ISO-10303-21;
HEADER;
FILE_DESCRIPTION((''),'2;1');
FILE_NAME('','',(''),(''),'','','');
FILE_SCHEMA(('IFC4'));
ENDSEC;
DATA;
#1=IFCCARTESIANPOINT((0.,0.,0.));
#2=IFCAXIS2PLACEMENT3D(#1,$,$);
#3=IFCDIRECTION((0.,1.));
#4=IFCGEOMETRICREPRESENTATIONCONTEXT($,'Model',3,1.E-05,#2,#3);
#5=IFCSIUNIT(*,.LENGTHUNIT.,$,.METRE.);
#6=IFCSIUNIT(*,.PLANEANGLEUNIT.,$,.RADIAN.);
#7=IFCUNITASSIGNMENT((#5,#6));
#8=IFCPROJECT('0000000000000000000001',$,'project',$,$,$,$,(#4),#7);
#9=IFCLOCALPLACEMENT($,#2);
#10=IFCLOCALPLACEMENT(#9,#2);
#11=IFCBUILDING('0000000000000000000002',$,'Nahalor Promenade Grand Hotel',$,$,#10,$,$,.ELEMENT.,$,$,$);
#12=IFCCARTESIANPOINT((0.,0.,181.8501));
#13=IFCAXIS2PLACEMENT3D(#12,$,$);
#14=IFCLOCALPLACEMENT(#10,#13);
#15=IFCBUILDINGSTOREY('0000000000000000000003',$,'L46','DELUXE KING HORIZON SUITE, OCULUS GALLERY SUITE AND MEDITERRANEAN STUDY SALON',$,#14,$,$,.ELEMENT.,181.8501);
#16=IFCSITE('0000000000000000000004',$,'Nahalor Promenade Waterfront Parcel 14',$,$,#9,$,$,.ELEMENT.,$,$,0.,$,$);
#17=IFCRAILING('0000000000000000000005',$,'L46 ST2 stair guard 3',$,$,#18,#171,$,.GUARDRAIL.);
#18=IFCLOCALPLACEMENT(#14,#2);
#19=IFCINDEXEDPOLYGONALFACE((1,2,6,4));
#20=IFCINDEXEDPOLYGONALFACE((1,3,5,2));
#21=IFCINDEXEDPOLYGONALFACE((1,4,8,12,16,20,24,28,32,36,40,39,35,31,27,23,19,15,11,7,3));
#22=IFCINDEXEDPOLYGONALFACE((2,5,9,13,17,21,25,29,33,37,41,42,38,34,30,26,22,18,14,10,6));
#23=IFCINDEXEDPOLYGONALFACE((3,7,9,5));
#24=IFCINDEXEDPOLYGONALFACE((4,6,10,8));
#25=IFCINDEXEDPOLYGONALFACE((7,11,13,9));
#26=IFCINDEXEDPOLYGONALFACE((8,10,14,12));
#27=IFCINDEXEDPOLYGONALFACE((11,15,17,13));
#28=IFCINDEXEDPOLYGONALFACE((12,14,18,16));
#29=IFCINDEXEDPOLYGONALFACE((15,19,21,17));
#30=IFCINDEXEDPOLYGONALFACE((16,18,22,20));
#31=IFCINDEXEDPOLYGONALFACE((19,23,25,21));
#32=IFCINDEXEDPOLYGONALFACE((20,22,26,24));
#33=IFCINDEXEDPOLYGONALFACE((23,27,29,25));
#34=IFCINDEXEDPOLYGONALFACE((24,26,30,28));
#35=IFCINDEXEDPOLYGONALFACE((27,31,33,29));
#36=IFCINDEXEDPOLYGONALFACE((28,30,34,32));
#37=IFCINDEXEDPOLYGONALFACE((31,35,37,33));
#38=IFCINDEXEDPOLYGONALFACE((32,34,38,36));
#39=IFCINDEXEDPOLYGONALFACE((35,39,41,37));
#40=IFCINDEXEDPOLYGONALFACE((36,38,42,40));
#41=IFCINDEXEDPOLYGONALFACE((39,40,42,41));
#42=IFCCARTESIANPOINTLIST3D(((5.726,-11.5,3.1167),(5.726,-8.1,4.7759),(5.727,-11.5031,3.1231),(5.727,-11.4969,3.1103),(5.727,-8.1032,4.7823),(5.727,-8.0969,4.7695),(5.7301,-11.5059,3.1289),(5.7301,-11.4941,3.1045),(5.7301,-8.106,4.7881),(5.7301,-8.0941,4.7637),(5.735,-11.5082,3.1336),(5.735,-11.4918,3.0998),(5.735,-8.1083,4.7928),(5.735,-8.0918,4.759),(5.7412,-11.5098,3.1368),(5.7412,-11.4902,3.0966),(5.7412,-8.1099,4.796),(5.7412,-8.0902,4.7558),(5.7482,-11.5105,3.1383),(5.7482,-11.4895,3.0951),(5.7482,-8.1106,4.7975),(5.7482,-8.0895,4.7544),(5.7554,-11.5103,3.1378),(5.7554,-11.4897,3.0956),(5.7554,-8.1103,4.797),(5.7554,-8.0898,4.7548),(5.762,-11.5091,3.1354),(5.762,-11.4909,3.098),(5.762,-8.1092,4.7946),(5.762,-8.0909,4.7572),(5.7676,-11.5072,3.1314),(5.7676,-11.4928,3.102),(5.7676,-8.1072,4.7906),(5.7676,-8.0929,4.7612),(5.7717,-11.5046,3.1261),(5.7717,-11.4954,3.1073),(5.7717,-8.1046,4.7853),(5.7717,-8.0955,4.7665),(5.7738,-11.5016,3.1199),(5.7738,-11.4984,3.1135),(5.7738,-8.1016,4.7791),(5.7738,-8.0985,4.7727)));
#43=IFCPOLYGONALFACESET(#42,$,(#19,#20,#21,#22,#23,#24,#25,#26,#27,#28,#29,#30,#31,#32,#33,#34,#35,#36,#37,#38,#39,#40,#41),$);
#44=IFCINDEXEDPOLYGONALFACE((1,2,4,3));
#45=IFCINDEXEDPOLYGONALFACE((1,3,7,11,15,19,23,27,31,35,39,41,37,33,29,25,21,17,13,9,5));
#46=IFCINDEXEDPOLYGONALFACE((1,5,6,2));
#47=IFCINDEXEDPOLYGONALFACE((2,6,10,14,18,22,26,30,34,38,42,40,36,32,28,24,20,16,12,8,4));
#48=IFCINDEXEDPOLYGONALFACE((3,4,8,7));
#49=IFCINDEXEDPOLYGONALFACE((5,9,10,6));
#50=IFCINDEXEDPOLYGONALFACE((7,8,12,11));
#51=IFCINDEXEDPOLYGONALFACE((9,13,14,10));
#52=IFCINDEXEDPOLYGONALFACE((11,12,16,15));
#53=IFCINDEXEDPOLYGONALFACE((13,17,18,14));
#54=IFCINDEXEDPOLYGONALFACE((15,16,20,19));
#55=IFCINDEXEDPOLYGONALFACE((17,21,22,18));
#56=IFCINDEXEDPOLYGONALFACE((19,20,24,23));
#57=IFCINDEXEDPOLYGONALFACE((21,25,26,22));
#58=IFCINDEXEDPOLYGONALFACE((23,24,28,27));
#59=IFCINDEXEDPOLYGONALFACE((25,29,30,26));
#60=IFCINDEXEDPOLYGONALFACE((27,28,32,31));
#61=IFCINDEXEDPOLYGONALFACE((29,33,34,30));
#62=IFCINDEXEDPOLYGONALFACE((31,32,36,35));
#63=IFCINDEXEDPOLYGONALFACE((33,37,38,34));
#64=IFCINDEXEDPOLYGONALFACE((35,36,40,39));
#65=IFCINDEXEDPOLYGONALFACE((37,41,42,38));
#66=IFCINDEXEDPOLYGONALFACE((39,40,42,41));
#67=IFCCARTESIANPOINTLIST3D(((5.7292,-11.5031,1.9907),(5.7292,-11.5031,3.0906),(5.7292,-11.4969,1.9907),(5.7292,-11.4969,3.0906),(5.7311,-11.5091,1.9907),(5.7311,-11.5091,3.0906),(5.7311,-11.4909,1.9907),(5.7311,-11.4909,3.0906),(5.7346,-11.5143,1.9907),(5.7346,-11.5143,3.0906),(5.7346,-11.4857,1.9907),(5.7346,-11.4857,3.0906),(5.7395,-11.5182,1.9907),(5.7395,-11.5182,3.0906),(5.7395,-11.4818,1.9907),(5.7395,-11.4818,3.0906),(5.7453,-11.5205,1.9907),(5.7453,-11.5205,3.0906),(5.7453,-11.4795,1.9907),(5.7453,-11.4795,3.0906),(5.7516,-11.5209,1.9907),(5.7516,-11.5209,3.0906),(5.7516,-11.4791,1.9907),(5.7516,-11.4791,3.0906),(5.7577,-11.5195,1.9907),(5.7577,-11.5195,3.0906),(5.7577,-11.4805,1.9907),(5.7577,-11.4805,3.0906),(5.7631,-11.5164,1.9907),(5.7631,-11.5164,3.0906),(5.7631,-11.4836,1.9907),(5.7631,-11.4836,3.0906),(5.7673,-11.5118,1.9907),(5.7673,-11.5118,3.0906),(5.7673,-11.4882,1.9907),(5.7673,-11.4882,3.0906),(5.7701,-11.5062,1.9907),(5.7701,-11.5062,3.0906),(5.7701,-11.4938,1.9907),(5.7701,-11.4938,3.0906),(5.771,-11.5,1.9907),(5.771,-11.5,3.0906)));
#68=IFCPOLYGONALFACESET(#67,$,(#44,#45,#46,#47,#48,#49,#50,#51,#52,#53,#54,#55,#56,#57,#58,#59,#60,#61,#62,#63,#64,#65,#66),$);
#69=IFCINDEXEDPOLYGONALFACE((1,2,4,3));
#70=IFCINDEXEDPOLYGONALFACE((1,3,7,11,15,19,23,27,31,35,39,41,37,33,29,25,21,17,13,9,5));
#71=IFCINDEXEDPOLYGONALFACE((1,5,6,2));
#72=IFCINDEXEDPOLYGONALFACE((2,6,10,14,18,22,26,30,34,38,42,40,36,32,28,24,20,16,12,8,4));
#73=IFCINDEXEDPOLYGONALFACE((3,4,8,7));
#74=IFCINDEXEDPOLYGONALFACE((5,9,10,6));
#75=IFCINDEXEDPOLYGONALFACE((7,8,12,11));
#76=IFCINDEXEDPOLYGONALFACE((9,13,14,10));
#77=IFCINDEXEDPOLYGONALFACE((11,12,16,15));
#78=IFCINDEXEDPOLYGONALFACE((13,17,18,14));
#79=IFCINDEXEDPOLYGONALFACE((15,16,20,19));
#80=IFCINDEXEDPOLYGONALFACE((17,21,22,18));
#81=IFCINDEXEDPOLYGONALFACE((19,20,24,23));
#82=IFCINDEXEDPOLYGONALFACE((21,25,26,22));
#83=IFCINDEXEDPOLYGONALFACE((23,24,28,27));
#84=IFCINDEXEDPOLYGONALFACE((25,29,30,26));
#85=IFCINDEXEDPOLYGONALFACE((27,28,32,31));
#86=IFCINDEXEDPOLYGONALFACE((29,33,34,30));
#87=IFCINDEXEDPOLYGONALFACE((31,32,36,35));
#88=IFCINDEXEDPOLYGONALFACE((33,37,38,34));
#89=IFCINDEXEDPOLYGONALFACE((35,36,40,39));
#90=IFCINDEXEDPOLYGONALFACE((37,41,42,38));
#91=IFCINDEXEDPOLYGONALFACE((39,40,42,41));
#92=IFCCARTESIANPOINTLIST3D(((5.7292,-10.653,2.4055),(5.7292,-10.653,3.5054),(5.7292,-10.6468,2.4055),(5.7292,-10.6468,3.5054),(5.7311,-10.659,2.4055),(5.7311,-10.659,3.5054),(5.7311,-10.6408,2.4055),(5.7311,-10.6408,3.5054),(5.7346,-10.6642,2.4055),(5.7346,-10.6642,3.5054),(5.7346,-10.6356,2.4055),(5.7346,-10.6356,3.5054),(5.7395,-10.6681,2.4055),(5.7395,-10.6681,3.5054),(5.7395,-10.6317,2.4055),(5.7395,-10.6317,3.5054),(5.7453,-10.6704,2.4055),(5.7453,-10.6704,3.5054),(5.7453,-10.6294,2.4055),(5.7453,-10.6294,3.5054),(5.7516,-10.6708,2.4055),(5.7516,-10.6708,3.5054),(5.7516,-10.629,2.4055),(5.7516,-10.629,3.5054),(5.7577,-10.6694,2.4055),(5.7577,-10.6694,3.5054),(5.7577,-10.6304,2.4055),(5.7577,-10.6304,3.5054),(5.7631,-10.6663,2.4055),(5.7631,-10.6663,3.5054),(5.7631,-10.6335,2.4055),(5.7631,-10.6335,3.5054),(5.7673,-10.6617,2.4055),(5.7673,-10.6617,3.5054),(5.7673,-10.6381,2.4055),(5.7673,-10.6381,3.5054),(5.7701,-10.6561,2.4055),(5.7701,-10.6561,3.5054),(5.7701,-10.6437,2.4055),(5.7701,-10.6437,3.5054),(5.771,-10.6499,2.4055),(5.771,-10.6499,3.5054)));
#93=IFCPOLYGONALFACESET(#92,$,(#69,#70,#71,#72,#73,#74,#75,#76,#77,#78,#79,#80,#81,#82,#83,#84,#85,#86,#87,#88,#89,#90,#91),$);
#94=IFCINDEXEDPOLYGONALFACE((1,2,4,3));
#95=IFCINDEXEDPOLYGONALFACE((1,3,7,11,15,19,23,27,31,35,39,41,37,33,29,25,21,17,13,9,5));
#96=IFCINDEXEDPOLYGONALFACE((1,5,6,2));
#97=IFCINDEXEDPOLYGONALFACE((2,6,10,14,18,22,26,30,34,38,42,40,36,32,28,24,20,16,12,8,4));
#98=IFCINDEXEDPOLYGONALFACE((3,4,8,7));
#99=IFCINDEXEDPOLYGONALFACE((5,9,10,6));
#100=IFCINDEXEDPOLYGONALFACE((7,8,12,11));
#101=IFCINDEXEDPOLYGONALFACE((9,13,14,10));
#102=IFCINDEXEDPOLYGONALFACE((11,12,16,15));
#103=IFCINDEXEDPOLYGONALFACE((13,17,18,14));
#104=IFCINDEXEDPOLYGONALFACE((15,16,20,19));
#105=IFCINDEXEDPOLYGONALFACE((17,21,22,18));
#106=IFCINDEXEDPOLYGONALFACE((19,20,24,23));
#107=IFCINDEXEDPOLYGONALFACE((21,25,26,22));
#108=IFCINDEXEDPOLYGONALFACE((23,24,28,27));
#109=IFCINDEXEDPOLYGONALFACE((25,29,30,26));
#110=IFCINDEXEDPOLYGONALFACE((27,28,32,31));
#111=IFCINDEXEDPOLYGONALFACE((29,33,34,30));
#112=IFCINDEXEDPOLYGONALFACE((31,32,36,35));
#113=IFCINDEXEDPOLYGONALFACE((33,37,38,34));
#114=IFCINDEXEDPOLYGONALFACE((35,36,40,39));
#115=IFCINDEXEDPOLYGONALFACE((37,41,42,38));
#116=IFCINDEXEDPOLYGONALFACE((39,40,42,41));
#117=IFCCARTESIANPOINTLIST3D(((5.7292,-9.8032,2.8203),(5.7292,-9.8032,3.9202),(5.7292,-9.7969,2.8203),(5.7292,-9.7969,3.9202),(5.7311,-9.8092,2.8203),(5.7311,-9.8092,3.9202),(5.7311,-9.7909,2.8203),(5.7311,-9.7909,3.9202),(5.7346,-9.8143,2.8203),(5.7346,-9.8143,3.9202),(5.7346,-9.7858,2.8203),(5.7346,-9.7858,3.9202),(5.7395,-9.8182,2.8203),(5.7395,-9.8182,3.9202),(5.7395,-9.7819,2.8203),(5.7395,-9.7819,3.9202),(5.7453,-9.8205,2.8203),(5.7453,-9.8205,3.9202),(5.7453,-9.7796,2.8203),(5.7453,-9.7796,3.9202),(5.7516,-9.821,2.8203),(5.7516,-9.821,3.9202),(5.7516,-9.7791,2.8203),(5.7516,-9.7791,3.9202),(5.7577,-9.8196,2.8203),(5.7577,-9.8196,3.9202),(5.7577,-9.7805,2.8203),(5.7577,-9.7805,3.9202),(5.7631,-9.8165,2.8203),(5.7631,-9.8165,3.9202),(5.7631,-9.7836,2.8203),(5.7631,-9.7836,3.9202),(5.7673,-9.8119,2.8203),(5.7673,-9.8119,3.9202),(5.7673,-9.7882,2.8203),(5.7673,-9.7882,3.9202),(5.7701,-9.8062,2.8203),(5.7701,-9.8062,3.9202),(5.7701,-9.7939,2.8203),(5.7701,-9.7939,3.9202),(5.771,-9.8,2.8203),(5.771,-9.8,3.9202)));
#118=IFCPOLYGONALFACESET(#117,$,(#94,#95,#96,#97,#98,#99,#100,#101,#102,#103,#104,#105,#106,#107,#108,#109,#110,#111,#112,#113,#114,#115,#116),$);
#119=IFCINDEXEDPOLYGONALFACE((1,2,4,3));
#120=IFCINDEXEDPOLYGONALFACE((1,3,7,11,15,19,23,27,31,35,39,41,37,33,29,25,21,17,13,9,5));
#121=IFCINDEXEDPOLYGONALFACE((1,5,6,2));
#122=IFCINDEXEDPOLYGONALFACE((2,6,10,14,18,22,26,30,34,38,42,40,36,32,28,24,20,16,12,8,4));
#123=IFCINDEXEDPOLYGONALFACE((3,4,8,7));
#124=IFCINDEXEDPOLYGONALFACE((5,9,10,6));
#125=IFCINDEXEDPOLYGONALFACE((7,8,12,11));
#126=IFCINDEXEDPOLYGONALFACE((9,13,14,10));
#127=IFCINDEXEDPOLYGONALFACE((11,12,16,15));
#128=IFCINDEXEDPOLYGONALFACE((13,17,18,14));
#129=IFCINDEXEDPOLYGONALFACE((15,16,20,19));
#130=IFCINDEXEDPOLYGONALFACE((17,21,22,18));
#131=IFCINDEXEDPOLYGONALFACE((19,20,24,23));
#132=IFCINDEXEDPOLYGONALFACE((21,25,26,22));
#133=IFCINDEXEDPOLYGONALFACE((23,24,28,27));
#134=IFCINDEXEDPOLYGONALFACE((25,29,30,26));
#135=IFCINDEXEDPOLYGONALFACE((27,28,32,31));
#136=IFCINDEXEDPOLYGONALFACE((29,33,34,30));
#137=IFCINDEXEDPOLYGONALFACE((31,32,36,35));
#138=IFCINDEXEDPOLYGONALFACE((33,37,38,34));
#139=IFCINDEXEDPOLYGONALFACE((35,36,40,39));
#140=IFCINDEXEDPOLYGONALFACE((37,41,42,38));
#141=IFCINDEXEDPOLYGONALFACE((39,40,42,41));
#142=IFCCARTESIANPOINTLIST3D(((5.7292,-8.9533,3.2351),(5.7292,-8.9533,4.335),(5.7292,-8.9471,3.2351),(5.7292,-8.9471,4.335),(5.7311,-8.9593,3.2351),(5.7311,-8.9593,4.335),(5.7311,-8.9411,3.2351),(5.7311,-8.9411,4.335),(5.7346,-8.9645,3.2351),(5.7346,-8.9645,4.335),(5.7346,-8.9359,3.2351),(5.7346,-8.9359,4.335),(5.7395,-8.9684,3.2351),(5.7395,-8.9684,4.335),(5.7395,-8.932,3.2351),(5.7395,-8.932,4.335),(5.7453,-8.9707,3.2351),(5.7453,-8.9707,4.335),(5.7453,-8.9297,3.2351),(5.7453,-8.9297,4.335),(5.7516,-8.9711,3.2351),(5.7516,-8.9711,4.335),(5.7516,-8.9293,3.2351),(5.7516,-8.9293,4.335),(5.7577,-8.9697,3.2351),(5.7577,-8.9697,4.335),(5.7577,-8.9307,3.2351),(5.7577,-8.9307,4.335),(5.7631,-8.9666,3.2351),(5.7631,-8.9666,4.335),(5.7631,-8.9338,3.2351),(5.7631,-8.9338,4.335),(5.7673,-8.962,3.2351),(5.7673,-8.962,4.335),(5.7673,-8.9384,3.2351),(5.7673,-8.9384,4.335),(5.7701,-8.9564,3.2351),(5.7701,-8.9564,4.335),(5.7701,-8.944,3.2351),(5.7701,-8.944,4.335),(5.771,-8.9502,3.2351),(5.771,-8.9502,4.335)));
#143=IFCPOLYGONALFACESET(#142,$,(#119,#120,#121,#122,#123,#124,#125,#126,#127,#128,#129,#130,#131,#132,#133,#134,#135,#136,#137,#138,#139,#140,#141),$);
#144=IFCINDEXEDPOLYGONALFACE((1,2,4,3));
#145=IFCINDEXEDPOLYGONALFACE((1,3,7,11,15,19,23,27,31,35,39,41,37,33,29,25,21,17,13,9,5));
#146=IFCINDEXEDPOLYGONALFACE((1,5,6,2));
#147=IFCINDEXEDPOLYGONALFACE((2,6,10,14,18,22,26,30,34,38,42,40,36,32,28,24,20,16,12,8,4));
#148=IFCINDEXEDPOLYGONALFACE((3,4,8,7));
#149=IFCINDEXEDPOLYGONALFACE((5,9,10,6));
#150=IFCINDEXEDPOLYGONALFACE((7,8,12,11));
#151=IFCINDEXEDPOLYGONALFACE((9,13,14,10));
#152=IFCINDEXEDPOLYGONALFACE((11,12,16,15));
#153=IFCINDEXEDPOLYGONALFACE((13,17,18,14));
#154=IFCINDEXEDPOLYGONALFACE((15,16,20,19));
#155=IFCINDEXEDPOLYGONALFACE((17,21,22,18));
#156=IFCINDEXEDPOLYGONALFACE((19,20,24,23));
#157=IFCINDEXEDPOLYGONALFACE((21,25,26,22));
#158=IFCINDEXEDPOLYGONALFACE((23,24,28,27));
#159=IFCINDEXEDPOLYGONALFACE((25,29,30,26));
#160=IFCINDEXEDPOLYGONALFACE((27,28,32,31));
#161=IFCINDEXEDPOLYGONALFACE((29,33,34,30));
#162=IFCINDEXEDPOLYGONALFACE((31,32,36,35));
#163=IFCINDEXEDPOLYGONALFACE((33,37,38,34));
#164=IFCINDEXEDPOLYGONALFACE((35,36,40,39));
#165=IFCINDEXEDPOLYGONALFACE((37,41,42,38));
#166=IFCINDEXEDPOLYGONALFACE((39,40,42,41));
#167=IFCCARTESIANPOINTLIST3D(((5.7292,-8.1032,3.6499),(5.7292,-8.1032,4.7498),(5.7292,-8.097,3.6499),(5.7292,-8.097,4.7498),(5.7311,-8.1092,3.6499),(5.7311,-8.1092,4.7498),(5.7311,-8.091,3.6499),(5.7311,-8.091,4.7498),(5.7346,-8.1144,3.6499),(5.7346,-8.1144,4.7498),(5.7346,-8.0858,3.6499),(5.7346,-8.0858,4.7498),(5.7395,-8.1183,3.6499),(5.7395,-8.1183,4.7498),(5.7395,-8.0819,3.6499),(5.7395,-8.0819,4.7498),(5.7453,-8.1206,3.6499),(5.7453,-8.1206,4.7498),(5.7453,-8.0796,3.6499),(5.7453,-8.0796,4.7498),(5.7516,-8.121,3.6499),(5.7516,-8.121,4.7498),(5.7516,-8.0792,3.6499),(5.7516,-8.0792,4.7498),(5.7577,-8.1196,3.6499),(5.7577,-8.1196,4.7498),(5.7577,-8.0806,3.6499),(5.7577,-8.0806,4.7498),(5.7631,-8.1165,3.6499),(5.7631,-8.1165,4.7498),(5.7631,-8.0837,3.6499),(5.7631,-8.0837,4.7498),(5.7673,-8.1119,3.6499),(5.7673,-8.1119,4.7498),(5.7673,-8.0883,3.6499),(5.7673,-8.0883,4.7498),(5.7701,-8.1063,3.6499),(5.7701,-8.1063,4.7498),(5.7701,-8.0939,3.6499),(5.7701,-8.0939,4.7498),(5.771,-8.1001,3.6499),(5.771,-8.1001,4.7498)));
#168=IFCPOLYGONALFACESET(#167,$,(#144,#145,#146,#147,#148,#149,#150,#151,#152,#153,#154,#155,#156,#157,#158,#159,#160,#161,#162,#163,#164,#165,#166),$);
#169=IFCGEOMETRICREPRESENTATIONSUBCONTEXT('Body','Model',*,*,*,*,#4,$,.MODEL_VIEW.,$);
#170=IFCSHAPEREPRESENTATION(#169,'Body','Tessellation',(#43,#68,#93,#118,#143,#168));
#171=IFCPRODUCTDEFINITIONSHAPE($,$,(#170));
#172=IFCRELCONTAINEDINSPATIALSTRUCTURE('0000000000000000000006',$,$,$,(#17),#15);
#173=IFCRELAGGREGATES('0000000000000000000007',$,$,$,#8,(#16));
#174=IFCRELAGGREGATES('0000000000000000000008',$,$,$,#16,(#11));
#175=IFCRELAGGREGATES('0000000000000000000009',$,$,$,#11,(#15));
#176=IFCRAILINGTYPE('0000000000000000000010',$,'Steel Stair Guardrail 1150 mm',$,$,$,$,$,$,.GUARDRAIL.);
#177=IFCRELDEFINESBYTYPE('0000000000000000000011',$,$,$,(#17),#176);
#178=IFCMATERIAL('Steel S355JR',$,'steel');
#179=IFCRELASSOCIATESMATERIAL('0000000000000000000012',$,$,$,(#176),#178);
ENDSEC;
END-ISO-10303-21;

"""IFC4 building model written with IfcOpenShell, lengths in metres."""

from ifc_helpers import new_model, si_unit, direction, frame, origin, origin_2d, place, context, subcontext, project, spatial, circle, extrude, material, type_object, element, save


model = new_model("IFC4")

# Units and contexts
model_context = context("Model", 3, precision=1e-05, world=origin(), true_north=direction((0.0, 1.0)))
body_context = subcontext(model_context, "Body", "Model", "MODEL_VIEW")
ifc_project = project(units=[si_unit("LENGTHUNIT", "METRE"), si_unit("PLANEANGLEUNIT", "RADIAN")], contexts=[model_context])

# Site, building, storey
site_placement = place(None, origin())
site = spatial("IfcSite", under=ifc_project, at=site_placement, Name="Nahalor Promenade Waterfront Parcel 14", CompositionType="ELEMENT", RefElevation=0.0)
building_placement = place(site_placement, origin())
building = spatial("IfcBuilding", under=site, at=building_placement, Name="Nahalor Promenade Grand Hotel", CompositionType="ELEMENT")
storey_placement = place(building_placement, frame((0.0, 0.0, 181.8501)))
storey = spatial("IfcBuildingStorey", under=building, at=storey_placement, Name="L46", Description="DELUXE KING HORIZON SUITE, OCULUS GALLERY SUITE AND MEDITERRANEAN STUDY SALON", CompositionType="ELEMENT", Elevation=181.8501)

# Shared definitions
ifc_material_1 = material(Name="Steel S355JR", Category="steel")

# Railing
railing_type_1 = type_object("IfcRailingType", Name="Steel Stair Guardrail 1150 mm", PredefinedType="GUARDRAIL", material=ifc_material_1)
railing_1_placement = place(storey_placement, frame((5.75, -11.5, 1.9907)))
element("IfcRailing", 1, at=railing_1_placement, inside=storey, type_object=railing_type_1, Name="L46 ST2 stair guard 3", PredefinedType="GUARDRAIL", context=body_context, shape_type="SweptSolid", body=[
    extrude(circle(Radius=0.024, at=origin_2d()), frame((0.0, 0.0, 1.126), z_axis=(0.0, 0.898696, 0.438571), x_axis=(-1.0, 0.0, 0.0)), (0.0, 0.0, 1.0), 3.7832),
    extrude(circle(Radius=0.021, at=origin_2d()), origin(), (0.0, 0.0, 1.0), 1.0999),
    extrude(circle(Radius=0.021, at=origin_2d()), frame((0.0, 0.8501, 0.4148)), (0.0, 0.0, 1.0), 1.0999),
    extrude(circle(Radius=0.021, at=origin_2d()), frame((0.0, 1.7, 0.8296)), (0.0, 0.0, 1.0), 1.0999),
    extrude(circle(Radius=0.021, at=origin_2d()), frame((0.0, 2.5498, 1.2444)), (0.0, 0.0, 1.0), 1.0999),
    extrude(circle(Radius=0.021, at=origin_2d()), frame((0.0, 3.3999, 1.6592)), (0.0, 0.0, 1.0), 1.0999),
])

save(model, "model.ifc")
